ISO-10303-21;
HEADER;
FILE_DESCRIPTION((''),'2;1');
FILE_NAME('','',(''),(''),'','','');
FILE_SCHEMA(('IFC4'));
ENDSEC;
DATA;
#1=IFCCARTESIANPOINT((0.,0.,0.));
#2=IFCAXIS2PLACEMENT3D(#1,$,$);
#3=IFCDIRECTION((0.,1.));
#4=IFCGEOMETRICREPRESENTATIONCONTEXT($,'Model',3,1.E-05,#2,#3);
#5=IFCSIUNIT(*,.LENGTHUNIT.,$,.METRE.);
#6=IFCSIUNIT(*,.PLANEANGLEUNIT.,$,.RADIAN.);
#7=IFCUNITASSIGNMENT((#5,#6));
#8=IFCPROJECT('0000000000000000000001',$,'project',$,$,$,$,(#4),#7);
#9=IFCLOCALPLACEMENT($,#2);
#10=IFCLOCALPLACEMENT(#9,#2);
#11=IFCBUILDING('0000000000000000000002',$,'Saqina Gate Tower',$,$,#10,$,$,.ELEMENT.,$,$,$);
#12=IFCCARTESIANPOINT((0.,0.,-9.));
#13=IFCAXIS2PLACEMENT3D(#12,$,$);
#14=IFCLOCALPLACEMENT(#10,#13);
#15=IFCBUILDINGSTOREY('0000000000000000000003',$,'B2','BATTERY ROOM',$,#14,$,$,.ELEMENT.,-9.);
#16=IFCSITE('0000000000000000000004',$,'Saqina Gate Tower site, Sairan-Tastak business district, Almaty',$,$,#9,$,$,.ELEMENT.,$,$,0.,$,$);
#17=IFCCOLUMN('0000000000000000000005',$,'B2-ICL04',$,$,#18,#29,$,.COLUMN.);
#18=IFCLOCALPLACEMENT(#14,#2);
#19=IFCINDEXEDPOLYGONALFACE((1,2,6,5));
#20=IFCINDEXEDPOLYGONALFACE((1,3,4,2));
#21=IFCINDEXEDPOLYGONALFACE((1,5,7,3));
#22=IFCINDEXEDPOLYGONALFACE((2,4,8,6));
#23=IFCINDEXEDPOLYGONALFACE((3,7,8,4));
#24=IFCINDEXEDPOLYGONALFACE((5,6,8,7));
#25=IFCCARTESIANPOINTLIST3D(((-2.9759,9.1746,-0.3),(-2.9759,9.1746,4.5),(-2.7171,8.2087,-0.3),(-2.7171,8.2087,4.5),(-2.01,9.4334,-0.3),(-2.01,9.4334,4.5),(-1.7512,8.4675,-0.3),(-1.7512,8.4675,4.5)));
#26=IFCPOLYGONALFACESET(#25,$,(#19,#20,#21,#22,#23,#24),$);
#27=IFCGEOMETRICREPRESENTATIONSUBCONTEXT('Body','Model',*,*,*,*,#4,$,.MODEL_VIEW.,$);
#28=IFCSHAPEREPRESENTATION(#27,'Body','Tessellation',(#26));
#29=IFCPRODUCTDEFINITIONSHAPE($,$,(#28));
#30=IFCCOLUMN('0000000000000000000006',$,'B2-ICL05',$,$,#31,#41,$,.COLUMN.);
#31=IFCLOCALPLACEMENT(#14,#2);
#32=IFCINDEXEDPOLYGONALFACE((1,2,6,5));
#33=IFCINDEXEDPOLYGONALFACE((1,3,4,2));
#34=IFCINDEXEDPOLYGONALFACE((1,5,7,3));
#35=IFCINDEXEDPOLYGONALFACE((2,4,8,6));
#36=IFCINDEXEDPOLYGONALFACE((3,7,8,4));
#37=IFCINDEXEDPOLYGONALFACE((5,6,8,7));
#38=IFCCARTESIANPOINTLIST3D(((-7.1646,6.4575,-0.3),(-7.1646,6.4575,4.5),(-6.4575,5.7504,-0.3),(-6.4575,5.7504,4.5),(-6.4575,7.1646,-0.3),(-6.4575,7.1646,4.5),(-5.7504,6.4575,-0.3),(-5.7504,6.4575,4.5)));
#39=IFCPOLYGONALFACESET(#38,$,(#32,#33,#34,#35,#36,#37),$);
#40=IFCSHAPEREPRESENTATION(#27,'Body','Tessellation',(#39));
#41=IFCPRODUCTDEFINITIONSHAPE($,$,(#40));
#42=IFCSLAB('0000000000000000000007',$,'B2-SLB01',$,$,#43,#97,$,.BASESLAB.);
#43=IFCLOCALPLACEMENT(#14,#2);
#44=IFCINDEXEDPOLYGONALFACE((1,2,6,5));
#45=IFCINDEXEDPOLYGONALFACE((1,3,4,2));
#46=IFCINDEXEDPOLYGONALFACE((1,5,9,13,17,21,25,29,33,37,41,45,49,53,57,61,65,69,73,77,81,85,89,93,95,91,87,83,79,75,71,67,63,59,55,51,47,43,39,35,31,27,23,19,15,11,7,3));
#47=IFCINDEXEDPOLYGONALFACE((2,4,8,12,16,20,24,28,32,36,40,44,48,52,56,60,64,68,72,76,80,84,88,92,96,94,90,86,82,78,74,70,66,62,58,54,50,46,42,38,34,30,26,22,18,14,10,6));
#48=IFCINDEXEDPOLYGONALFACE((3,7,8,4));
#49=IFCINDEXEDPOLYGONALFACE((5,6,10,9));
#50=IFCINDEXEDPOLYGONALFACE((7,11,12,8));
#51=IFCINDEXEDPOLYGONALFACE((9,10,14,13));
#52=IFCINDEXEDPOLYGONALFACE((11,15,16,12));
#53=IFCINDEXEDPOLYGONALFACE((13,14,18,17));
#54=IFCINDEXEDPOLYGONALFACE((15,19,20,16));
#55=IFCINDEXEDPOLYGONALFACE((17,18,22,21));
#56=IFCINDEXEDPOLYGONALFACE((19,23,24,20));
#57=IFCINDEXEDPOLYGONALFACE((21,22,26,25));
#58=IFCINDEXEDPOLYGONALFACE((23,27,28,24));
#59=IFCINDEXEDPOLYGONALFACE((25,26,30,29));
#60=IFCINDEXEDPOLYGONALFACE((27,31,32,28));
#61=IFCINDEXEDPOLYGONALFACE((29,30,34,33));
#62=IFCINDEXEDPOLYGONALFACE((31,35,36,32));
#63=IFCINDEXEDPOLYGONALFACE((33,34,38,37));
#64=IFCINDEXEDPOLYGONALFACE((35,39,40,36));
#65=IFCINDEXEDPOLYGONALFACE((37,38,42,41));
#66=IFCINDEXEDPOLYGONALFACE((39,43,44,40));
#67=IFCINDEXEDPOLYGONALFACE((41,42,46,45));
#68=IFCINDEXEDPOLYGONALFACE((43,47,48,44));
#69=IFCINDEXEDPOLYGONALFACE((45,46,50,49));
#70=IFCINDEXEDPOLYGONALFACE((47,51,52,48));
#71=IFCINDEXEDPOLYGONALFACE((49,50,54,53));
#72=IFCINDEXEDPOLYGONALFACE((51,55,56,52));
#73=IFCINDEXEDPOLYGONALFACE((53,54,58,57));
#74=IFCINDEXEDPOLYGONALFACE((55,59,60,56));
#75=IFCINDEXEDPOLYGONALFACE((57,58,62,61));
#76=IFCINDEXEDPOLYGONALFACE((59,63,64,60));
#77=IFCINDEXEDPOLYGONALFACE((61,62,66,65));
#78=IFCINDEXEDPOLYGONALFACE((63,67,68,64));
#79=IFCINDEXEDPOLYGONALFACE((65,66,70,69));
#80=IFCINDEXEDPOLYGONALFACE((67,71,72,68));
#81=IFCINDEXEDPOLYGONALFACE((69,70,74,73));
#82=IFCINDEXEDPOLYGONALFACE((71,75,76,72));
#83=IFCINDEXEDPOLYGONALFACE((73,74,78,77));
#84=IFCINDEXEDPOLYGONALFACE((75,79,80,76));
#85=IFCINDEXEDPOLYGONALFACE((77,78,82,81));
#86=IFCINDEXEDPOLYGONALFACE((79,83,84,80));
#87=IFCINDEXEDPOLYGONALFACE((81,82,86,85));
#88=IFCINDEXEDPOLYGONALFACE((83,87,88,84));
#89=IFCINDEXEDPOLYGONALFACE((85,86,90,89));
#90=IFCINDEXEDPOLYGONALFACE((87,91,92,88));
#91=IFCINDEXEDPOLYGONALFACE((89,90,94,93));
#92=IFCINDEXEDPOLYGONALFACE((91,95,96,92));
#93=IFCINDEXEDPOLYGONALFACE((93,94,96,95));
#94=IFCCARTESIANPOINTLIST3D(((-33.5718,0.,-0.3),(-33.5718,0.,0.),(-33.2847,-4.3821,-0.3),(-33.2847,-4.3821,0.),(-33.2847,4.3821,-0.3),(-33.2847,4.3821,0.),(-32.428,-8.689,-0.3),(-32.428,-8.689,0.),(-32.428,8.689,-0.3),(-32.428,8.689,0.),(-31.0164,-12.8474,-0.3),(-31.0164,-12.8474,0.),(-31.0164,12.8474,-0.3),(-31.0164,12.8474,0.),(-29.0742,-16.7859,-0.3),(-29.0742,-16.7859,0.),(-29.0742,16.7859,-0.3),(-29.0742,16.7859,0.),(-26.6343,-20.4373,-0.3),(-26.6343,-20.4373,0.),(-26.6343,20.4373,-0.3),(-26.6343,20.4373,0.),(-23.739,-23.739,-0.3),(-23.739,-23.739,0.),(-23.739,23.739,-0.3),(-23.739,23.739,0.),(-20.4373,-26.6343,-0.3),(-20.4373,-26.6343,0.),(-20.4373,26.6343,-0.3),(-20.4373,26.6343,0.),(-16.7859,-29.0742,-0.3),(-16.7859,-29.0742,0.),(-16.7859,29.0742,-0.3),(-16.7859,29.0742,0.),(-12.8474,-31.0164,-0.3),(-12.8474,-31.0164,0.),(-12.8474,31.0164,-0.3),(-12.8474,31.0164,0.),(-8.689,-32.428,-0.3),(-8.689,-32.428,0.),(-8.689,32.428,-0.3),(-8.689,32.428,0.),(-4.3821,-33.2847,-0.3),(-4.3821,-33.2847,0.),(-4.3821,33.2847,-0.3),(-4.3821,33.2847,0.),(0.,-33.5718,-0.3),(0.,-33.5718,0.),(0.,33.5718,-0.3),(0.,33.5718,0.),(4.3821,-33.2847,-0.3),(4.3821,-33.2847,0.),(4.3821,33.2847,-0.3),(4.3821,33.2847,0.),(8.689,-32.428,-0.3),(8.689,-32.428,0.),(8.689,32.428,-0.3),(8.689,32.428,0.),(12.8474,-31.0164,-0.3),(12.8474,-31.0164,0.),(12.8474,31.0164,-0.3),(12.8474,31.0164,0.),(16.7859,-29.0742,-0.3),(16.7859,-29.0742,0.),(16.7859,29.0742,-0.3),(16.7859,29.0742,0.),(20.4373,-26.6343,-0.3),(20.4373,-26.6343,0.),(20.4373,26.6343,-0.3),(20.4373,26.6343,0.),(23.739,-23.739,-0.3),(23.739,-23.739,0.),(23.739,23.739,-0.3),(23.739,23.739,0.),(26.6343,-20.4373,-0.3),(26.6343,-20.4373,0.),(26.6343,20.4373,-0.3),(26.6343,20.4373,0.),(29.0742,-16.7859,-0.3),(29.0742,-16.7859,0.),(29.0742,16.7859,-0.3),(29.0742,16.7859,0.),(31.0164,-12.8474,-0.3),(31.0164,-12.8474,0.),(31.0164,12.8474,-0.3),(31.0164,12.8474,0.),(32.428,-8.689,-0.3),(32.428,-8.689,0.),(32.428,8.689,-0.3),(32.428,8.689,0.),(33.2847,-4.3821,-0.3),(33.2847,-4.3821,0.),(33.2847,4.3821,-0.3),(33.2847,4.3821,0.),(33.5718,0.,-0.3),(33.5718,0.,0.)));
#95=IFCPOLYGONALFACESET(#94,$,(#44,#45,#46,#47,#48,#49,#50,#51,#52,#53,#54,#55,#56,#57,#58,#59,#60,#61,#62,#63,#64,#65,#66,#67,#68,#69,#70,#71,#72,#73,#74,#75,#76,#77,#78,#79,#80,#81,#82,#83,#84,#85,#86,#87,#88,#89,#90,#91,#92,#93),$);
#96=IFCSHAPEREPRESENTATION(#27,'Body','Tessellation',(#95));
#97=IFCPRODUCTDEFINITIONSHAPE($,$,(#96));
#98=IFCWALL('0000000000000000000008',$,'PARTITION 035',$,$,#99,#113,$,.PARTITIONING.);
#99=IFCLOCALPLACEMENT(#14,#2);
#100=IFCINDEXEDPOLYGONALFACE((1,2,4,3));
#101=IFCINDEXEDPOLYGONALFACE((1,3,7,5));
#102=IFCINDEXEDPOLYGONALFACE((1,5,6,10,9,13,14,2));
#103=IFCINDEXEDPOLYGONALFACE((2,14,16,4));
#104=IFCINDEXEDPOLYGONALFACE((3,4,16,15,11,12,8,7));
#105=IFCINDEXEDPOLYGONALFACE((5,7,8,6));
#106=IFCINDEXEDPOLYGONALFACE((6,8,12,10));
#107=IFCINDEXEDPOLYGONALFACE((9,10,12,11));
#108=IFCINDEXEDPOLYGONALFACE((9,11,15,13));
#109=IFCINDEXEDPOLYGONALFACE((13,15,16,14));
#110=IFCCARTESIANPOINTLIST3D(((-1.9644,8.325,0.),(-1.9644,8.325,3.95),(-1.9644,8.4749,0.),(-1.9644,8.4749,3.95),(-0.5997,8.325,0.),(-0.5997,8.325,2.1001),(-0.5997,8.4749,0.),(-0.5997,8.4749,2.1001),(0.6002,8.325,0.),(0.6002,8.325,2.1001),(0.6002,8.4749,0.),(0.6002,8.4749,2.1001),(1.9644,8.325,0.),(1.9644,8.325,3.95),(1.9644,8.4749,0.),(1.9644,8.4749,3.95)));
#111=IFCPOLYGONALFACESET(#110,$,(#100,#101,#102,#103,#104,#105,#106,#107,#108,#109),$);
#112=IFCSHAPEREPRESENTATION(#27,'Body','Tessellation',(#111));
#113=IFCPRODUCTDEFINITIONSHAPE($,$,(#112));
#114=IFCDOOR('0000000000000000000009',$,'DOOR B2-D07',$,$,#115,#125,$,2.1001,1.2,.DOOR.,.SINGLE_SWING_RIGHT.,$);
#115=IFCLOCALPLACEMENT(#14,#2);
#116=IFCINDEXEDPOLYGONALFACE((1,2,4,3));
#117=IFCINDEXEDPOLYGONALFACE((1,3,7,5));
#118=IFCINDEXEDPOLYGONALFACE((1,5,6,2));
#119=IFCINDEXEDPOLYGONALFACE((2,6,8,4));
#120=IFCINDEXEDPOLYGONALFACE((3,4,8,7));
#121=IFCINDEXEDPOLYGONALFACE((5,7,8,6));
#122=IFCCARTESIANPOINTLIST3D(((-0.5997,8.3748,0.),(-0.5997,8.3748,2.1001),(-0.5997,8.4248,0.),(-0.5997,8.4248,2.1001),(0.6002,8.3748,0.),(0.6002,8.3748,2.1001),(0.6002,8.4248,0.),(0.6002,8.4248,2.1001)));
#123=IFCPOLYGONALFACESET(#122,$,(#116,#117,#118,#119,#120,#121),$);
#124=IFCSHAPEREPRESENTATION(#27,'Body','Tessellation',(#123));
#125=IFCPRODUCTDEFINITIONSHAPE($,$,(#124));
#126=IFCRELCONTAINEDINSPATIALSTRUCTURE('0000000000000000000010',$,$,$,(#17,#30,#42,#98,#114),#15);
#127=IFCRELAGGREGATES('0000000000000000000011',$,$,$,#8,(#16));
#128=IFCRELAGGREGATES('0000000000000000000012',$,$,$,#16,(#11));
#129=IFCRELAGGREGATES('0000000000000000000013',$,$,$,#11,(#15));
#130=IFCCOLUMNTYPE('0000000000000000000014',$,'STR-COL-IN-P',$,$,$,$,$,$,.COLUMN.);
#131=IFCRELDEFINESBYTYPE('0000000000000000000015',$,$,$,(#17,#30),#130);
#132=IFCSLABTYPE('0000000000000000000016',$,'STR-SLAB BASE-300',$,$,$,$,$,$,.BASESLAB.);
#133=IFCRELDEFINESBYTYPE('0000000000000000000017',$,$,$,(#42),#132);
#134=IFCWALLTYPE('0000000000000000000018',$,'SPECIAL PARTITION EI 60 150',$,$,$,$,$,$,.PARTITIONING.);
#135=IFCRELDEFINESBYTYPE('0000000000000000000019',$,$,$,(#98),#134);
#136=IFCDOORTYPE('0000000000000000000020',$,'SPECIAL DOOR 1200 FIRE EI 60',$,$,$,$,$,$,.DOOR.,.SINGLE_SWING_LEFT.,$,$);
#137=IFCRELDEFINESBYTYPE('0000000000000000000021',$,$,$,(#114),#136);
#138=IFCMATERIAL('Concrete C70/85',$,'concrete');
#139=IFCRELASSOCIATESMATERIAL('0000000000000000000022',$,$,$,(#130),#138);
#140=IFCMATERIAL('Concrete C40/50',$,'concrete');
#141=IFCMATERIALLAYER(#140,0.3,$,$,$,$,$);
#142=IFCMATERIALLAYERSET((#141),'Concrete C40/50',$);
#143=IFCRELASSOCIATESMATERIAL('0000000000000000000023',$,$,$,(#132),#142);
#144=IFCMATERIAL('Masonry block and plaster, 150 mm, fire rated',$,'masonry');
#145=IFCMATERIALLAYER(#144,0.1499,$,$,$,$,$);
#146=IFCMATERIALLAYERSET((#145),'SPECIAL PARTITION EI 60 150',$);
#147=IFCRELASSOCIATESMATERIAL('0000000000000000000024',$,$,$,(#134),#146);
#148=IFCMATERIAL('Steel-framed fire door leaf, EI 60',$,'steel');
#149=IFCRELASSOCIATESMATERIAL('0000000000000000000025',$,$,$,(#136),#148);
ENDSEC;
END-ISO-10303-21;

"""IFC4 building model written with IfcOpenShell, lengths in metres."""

from ifc_helpers import new_model, si_unit, direction, frame, frame_2d, origin, origin_2d, place, context, subcontext, project, spatial, polyline, rectangle, outline, extrude, material, layer, layer_set, material_profile, profile_set, type_object, element, fill, save


model = new_model("IFC4")

# Units and contexts
model_context = context("Model", 3, precision=1e-05, world=origin(), true_north=direction((0.0, 1.0)))
body_context = subcontext(model_context, "Body", "Model", "MODEL_VIEW")
ifc_project = project(units=[si_unit("LENGTHUNIT", "METRE"), si_unit("PLANEANGLEUNIT", "RADIAN")], contexts=[model_context])

# Site, building, storey
site_placement = place(None, origin())
site = spatial("IfcSite", under=ifc_project, at=site_placement, Name="Saqina Gate Tower site, Sairan-Tastak business district, Almaty", CompositionType="ELEMENT", RefElevation=0.0)
building_placement = place(site_placement, origin())
building = spatial("IfcBuilding", under=site, at=building_placement, Name="Saqina Gate Tower", CompositionType="ELEMENT")
storey_placement = place(building_placement, frame((0.0, 0.0, -9.0)))
storey = spatial("IfcBuildingStorey", under=building, at=storey_placement, Name="B2", Description="BATTERY ROOM", CompositionType="ELEMENT", Elevation=-9.0)

# Columns
ifc_material_1 = material(Name="Concrete C70/85", Category="concrete")
ifc_material_profile_1 = material_profile(ifc_material_1, rectangle(XDim=1.0, YDim=1.0, at=origin_2d()), Name="RC 1000x1000")
ifc_profile_set_1 = profile_set([ifc_material_profile_1], Name="Concrete C70/85")
column_type = type_object("IfcColumnType", Name="STR-COL-IN-P", PredefinedType="COLUMN", material=ifc_profile_set_1)
for number, where, z_axis, x_axis, name in (
    (1, (-2.3635, 8.821, -0.3), (0.0, 0.0, 1.0), (-0.258819, 0.965926, 0.0), "B2-ICL04"),
    (2, (-6.4575, 6.4575, -0.3), (0.0, 0.0, 1.0), (-0.707107, 0.707107, 0.0), "B2-ICL05"),
):
    element("IfcColumn", number, at=place(storey_placement, frame(where, z_axis=z_axis, x_axis=x_axis)), inside=storey, type_object=column_type, Name=name, PredefinedType="COLUMN", context=body_context, shape_type="SweptSolid", body=[
        extrude(rectangle(XDim=1.0, YDim=1.0, at=origin_2d()), origin(), (0.0, 0.0, 1.0), 4.8),
    ])

# Slab
ifc_material_2 = material(Name="Concrete C40/50", Category="concrete")
ifc_layer_1 = layer(ifc_material_2, 0.3)
ifc_layer_set_1 = layer_set([ifc_layer_1], Name="Concrete C40/50")
slab_type = type_object("IfcSlabType", Name="STR-SLAB BASE-300", PredefinedType="BASESLAB", material=ifc_layer_set_1)
slab_placement = place(storey_placement, frame((0.0, 0.0, -0.3)))
element("IfcSlab", 3, at=slab_placement, inside=storey, type_object=slab_type, Name="B2-SLB01", PredefinedType="BASESLAB", context=body_context, shape_type="SweptSolid", body=[
    extrude(outline(polyline([(33.5718, 0.0), (33.2847, 4.3821), (32.428, 8.689), (31.0164, 12.8474), (29.0742, 16.7859), (26.6343, 20.4373), (23.739, 23.739), (20.4373, 26.6343), (16.7859, 29.0742), (12.8474, 31.0164), (8.689, 32.428), (4.3821, 33.2847), (0.0, 33.5718), (-4.3821, 33.2847), (-8.689, 32.428), (-12.8474, 31.0164), (-16.7859, 29.0742), (-20.4373, 26.6343), (-23.739, 23.739), (-26.6343, 20.4373), (-29.0742, 16.7859), (-31.0164, 12.8474), (-32.428, 8.689), (-33.2847, 4.3821), (-33.5718, 0.0), (-33.2847, -4.3821), (-32.428, -8.689), (-31.0164, -12.8474), (-29.0742, -16.7859), (-26.6343, -20.4373), (-23.739, -23.739), (-20.4373, -26.6343), (-16.7859, -29.0742), (-12.8474, -31.0164), (-8.689, -32.428), (-4.3821, -33.2847), (0.0, -33.5718), (4.3821, -33.2847), (8.689, -32.428), (12.8474, -31.0164), (16.7859, -29.0742), (20.4373, -26.6343), (23.739, -23.739), (26.6343, -20.4373), (29.0742, -16.7859), (31.0164, -12.8474), (32.428, -8.689), (33.2847, -4.3821), (33.5718, 0.0)])), origin(), (0.0, 0.0, 1.0), 0.3),
])

# Wall, opening, door
ifc_material_3 = material(Name="Masonry block and plaster, 150 mm, fire rated", Category="masonry")
ifc_layer_2 = layer(ifc_material_3, 0.1499)
ifc_layer_set_2 = layer_set([ifc_layer_2], Name="SPECIAL PARTITION EI 60 150")
wall_type = type_object("IfcWallType", Name="SPECIAL PARTITION EI 60 150", PredefinedType="PARTITIONING", material=ifc_layer_set_2)
wall_1_placement = place(storey_placement, frame((-1.9644, 8.3999, 0.0), z_axis=(0.0, 0.0, 1.0), x_axis=(1.0, 0.0, 0.0)))
wall_1 = element("IfcWall", 4, at=wall_1_placement, inside=storey, type_object=wall_type, Name="PARTITION 035", PredefinedType="PARTITIONING", context=body_context, shape_type="SweptSolid", body=[
    extrude(rectangle(XDim=3.9287, YDim=0.1499, at=frame_2d((1.9644, 0.0))), origin(), (0.0, 0.0, 1.0), 3.95),
])
opening_1_placement = place(wall_1_placement, frame((1.3645, 0.0, 0.0)))
opening_1 = element("IfcOpeningElement", 5, at=opening_1_placement, cuts=wall_1, PredefinedType="OPENING", context=body_context, shape_type="SweptSolid", body=[
    extrude(rectangle(XDim=1.2, YDim=2.1001, at=frame_2d((0.6001, 1.05))), frame((0.0, 0.0869, 0.0), z_axis=(0.0, -1.0, 0.0), x_axis=(1.0, 0.0, 0.0)), (0.0, 0.0, 1.0), 0.1738),
])
ifc_material_4 = material(Name="Steel-framed fire door leaf, EI 60", Category="steel")
door_type_1 = type_object("IfcDoorType", Name="SPECIAL DOOR 1200 FIRE EI 60", OperationType="SINGLE_SWING_LEFT", PredefinedType="DOOR", material=ifc_material_4)
door_1_placement = place(opening_1_placement, origin())
door_1 = element("IfcDoor", 6, at=door_1_placement, inside=storey, type_object=door_type_1, Name="DOOR B2-D07", OperationType="SINGLE_SWING_RIGHT", OverallHeight=2.1001, OverallWidth=1.2, PredefinedType="DOOR", context=body_context, shape_type="SweptSolid", body=[
    extrude(rectangle(XDim=1.2, YDim=2.1001, at=frame_2d((0.6001, 1.05))), frame((0.0, 0.0249, 0.0), z_axis=(0.0, -1.0, 0.0), x_axis=(1.0, 0.0, 0.0)), (0.0, 0.0, 1.0), 0.05),
])
fill(opening_1, door_1)

save(model, "model.ifc")
